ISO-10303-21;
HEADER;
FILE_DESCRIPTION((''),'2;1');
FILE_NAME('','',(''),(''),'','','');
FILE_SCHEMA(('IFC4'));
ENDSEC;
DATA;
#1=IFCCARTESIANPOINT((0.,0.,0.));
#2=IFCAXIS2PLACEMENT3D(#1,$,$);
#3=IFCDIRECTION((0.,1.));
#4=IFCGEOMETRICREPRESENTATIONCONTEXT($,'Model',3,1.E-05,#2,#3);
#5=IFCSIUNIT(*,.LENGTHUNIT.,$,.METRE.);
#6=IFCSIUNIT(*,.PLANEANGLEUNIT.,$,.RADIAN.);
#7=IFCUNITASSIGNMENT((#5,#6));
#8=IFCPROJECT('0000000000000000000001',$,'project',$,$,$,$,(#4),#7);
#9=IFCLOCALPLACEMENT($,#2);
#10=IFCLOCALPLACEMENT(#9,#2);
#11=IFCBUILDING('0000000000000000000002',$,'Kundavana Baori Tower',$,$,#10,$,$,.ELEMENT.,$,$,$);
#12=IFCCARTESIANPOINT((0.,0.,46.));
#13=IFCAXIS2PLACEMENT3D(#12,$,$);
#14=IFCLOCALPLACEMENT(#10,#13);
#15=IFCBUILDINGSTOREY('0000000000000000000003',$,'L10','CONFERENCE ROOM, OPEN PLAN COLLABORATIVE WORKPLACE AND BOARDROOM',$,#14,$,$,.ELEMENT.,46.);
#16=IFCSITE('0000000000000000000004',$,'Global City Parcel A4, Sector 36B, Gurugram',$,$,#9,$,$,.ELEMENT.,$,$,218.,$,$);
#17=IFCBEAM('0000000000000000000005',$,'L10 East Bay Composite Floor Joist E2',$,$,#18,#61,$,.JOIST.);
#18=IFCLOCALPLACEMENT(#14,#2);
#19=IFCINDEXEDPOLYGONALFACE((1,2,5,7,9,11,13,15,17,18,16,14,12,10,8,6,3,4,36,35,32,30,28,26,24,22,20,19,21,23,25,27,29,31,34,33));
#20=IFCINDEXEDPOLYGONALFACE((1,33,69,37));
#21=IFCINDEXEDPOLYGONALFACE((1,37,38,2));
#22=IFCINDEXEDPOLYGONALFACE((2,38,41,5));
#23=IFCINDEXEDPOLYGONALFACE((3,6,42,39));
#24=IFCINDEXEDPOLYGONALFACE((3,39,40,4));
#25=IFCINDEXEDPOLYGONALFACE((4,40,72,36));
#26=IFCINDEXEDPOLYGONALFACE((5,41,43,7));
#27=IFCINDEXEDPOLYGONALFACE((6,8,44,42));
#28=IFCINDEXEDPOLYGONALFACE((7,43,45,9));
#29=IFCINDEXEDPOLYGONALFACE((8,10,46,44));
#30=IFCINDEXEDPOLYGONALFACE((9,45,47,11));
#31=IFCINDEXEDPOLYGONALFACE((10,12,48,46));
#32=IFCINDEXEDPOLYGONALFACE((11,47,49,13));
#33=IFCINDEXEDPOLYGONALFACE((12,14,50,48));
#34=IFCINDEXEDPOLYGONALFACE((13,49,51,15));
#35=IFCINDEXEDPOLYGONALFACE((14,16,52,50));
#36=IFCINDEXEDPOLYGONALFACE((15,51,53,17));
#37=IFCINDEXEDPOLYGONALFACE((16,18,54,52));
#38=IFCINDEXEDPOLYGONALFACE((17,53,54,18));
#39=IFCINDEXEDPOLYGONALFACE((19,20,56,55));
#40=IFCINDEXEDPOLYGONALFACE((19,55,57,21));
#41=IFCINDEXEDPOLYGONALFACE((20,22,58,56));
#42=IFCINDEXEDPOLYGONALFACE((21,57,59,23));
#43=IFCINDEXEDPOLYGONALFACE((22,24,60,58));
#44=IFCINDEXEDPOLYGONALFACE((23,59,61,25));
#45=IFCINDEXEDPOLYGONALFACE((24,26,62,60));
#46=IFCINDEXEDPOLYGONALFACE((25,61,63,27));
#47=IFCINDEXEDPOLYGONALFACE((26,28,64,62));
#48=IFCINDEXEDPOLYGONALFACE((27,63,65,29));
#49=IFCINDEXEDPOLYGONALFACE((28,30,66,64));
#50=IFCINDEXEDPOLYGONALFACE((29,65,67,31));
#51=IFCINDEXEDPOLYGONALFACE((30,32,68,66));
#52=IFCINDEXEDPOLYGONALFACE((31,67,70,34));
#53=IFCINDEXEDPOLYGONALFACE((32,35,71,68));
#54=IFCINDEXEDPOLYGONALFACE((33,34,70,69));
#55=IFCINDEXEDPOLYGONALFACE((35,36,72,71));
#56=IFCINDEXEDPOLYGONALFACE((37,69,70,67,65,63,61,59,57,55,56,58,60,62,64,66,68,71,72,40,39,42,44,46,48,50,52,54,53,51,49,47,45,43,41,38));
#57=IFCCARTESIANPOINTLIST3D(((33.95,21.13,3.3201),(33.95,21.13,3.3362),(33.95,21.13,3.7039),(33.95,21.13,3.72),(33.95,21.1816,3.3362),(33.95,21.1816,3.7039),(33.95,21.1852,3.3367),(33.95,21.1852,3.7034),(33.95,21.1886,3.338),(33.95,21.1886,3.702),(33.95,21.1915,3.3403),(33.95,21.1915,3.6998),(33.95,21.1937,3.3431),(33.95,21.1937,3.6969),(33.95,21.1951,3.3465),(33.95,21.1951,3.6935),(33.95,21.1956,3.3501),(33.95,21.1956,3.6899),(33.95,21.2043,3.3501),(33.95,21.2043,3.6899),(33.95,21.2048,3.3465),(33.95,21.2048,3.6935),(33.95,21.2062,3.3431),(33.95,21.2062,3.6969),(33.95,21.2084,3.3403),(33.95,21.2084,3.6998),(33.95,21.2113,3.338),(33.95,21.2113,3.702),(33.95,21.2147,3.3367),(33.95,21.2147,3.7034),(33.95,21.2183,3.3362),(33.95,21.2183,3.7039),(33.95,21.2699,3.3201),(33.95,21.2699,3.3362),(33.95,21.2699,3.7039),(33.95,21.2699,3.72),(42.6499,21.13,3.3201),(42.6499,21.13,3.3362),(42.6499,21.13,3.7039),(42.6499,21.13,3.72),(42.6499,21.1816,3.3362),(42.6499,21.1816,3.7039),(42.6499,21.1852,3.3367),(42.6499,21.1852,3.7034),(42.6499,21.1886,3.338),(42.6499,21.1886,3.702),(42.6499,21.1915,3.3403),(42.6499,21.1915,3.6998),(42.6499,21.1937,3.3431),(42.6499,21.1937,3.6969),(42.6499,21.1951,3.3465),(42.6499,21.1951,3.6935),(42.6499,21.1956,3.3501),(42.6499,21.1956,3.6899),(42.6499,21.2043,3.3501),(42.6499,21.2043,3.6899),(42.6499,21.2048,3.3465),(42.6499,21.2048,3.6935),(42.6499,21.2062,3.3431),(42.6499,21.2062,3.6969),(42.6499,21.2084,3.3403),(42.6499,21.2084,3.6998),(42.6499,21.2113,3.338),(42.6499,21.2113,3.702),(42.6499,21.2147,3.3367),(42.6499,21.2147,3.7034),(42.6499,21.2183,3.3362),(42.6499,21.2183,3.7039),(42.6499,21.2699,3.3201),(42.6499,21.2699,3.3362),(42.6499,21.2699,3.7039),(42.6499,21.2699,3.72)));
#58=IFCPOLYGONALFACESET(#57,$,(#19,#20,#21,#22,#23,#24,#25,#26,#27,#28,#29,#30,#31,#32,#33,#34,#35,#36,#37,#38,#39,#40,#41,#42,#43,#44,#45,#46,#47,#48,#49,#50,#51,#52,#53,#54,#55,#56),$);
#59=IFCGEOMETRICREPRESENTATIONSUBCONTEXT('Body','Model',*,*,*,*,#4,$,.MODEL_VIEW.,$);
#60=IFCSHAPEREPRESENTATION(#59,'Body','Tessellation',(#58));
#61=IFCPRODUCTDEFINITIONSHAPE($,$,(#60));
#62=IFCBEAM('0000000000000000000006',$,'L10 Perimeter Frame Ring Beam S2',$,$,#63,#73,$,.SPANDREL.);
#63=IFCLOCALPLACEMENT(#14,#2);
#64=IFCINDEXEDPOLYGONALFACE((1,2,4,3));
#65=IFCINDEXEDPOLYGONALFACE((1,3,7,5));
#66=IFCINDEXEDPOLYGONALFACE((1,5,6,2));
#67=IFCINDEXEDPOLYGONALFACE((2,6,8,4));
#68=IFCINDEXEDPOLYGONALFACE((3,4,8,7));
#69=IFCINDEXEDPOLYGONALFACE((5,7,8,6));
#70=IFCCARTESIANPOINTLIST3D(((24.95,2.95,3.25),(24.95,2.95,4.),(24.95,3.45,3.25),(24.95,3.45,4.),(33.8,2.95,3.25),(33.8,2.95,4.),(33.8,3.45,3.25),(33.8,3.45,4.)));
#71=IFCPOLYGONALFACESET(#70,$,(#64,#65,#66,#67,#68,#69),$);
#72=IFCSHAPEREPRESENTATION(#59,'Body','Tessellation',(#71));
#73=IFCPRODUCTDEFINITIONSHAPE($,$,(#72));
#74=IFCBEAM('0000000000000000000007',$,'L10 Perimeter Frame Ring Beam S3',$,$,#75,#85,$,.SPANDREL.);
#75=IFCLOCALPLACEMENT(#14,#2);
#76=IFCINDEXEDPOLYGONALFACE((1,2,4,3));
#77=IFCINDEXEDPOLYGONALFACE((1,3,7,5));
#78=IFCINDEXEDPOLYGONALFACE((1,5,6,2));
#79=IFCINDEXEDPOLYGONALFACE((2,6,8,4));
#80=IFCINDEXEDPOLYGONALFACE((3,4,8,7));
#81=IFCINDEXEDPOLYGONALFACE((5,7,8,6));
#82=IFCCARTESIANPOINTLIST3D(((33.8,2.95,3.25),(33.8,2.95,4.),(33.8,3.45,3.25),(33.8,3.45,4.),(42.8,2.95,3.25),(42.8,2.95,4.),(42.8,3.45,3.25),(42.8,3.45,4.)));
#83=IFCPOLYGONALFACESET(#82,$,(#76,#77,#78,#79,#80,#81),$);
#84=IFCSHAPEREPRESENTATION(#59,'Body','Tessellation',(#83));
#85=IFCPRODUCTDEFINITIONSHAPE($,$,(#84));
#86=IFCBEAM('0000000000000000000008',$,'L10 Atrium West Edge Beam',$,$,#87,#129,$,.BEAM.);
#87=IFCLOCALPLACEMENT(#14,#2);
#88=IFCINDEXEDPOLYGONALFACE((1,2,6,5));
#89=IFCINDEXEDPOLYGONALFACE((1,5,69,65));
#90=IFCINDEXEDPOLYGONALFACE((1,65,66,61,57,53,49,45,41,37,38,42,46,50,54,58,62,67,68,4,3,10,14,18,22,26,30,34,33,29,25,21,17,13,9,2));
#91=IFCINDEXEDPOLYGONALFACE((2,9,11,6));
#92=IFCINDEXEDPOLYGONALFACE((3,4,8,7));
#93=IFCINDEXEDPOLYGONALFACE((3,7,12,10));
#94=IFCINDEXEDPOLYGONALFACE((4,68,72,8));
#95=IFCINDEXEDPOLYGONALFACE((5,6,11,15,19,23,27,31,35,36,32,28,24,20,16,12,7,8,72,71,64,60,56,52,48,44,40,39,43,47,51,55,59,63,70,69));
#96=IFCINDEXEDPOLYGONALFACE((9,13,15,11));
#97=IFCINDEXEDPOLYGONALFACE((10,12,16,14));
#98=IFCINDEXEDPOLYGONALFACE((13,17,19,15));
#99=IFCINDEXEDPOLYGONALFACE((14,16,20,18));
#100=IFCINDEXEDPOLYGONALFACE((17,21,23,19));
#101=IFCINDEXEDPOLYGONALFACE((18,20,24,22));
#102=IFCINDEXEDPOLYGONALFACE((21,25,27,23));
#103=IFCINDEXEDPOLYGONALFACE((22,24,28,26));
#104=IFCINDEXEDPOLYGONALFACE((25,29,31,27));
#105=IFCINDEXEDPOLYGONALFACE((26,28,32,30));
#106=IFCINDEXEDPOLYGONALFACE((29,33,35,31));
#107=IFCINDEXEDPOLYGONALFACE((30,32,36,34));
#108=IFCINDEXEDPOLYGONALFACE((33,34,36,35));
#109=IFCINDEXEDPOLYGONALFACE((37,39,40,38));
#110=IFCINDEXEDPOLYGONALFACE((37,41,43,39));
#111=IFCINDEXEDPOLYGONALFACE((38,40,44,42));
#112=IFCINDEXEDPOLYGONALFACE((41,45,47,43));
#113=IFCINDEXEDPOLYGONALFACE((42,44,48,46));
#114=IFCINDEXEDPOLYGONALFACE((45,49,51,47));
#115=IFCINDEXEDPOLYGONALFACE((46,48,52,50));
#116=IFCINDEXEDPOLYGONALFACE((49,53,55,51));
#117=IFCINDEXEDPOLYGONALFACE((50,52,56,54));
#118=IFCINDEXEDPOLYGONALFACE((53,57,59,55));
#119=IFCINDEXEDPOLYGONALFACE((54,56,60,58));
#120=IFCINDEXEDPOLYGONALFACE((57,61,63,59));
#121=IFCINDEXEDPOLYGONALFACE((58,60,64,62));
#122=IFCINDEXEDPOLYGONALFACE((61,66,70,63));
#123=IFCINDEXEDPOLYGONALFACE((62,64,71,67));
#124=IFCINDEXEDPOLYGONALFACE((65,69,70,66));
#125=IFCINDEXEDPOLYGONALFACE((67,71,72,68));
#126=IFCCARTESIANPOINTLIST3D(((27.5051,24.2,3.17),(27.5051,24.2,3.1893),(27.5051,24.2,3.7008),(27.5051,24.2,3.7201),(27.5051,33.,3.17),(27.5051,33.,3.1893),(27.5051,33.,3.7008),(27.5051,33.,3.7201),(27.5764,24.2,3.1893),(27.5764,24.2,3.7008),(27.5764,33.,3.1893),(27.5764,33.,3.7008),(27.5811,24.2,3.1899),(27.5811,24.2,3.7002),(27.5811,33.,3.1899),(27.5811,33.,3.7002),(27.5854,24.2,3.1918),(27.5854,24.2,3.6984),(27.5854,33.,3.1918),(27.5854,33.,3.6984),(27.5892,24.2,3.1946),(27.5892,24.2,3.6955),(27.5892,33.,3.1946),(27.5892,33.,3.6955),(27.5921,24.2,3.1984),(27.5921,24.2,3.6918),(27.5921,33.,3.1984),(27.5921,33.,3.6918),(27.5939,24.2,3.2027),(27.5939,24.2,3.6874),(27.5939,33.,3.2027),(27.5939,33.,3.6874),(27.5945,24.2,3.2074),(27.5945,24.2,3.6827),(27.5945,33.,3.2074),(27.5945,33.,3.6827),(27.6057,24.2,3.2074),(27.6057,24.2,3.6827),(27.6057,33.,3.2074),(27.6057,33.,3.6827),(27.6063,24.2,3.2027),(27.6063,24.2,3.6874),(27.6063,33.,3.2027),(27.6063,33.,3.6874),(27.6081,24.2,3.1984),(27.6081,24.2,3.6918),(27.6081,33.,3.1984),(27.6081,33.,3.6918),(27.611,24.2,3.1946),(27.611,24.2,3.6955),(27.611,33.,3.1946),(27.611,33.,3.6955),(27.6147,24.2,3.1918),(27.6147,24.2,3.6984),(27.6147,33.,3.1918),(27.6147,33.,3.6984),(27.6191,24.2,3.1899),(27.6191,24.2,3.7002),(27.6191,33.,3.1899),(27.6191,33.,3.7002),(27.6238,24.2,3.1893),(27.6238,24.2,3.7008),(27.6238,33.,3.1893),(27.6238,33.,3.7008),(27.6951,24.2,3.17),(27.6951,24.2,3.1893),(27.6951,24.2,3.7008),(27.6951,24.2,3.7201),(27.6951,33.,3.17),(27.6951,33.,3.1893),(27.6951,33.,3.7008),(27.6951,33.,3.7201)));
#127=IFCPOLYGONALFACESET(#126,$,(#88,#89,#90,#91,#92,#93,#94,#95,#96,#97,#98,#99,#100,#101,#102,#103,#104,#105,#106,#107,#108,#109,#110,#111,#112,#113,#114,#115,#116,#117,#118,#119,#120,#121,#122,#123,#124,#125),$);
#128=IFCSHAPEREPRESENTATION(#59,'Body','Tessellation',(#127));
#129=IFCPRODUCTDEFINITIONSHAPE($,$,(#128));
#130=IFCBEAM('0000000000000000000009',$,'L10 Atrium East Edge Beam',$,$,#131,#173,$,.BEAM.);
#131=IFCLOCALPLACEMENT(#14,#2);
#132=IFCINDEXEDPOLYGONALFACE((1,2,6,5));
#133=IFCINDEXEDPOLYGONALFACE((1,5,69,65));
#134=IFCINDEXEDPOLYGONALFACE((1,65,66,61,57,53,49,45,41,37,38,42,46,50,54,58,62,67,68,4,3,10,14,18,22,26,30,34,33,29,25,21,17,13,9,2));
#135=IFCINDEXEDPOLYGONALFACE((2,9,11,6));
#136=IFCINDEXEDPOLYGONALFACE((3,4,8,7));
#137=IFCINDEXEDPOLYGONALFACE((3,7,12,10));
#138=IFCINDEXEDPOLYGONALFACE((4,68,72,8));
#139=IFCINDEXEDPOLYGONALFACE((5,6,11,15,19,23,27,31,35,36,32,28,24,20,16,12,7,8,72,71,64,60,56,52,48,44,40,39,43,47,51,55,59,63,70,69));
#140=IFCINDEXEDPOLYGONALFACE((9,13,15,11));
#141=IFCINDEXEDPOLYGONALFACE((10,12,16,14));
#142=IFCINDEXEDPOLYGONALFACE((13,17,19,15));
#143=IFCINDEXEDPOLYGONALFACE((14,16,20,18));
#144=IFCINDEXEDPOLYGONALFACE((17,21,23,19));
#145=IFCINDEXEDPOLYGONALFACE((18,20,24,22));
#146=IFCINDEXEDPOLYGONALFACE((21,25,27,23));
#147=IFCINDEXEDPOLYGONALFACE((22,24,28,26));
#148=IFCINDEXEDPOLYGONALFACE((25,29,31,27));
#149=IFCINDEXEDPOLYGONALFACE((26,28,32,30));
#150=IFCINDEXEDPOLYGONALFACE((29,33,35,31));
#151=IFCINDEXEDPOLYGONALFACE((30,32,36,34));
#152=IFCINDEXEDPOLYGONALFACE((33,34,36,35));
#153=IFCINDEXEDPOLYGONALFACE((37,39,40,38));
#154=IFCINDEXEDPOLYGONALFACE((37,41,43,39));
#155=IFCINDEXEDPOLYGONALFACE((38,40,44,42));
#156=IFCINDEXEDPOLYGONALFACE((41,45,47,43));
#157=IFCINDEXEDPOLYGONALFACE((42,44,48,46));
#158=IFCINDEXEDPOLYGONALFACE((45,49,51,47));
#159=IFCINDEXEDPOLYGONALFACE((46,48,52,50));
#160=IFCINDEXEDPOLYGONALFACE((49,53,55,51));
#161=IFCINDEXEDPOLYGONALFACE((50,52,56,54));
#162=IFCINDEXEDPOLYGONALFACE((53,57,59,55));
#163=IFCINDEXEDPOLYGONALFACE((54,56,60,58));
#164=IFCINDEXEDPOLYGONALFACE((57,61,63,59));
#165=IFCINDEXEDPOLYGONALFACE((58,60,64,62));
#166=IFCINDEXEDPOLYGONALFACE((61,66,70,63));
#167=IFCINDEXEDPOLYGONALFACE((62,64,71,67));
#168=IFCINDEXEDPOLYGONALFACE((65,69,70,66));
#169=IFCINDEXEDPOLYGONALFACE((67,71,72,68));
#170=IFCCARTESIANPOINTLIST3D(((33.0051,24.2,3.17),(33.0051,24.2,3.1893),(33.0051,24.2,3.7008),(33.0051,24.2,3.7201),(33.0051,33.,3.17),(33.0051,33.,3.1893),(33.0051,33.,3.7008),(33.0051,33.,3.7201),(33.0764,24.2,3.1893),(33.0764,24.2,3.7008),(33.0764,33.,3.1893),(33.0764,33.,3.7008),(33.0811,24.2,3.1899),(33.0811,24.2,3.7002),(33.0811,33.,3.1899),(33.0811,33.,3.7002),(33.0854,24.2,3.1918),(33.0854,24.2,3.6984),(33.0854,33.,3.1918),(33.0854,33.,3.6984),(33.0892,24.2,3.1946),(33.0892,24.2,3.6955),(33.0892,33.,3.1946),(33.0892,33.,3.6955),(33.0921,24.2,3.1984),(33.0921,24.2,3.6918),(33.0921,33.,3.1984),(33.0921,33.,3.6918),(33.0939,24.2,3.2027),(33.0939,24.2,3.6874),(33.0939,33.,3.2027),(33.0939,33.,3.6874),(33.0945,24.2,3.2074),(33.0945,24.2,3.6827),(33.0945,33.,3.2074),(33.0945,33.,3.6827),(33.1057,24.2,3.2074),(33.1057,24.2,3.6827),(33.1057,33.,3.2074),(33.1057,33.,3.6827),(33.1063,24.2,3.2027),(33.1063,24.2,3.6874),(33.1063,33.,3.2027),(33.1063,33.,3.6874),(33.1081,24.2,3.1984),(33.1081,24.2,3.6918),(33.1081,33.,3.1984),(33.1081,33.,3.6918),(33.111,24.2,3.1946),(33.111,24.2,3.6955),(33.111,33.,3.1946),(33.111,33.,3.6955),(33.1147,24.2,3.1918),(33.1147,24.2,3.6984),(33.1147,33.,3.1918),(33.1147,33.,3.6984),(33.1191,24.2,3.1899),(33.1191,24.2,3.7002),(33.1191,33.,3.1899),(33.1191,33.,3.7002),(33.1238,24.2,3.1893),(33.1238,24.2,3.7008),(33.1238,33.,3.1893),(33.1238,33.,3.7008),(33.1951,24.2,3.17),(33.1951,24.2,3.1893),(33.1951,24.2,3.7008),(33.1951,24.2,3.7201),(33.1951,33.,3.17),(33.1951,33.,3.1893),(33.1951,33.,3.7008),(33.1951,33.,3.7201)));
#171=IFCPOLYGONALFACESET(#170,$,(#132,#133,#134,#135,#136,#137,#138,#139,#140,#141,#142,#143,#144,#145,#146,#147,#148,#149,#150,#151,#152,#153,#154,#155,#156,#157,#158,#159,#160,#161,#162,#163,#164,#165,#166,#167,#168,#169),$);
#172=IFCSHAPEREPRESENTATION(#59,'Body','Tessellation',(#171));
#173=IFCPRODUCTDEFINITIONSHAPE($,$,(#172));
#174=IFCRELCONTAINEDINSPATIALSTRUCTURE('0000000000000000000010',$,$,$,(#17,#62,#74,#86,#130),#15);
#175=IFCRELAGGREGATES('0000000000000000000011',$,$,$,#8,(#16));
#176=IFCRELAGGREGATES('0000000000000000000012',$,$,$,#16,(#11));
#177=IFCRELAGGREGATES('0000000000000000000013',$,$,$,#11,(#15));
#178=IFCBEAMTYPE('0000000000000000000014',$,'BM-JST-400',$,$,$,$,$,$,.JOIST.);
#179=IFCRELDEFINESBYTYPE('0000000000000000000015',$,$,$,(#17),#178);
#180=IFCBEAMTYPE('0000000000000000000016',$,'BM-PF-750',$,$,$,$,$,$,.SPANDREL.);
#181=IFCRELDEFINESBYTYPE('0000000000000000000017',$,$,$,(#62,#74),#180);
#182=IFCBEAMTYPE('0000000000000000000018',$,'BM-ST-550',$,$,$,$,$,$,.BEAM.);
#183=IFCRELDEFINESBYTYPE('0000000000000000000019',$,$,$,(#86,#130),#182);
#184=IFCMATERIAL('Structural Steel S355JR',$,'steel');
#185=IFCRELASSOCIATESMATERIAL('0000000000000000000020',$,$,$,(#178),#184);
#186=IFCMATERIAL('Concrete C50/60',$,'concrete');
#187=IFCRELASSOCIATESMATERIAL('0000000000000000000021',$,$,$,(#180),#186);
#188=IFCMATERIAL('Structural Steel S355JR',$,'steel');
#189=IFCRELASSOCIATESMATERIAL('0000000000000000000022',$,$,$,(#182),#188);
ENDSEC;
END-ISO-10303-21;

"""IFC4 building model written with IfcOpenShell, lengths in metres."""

from ifc_helpers import new_model, si_unit, direction, frame, origin, origin_2d, place, context, subcontext, project, spatial, rectangle, i_section, extrude, material, material_profile, profile_set, type_object, element, save


model = new_model("IFC4")

# Units and contexts
model_context = context("Model", 3, precision=1e-05, world=origin(), true_north=direction((0.0, 1.0)))
body_context = subcontext(model_context, "Body", "Model", "MODEL_VIEW")
ifc_project = project(units=[si_unit("LENGTHUNIT", "METRE"), si_unit("PLANEANGLEUNIT", "RADIAN")], contexts=[model_context])

# Site, building, storey
site_placement = place(None, origin())
site = spatial("IfcSite", under=ifc_project, at=site_placement, Name="Global City Parcel A4, Sector 36B, Gurugram", CompositionType="ELEMENT", RefElevation=218.0)
building_placement = place(site_placement, origin())
building = spatial("IfcBuilding", under=site, at=building_placement, Name="Kundavana Baori Tower", CompositionType="ELEMENT")
storey_placement = place(building_placement, frame((0.0, 0.0, 46.0)))
storey = spatial("IfcBuildingStorey", under=building, at=storey_placement, Name="L10", Description="CONFERENCE ROOM, OPEN PLAN COLLABORATIVE WORKPLACE AND BOARDROOM", CompositionType="ELEMENT", Elevation=46.0)

# Beams
ifc_material_1 = material(Name="Structural Steel S355JR", Category="steel")
ifc_material_profile_1 = material_profile(ifc_material_1, i_section(OverallWidth=0.1399, OverallDepth=0.3999, WebThickness=0.0088, FlangeThickness=0.0161, FilletRadius=0.0139, at=origin_2d()), Name="ISMB 400")
ifc_profile_set_1 = profile_set([ifc_material_profile_1], Name="Structural Steel S355JR")
beam_type_1 = type_object("IfcBeamType", Name="BM-JST-400", PredefinedType="JOIST", material=ifc_profile_set_1)
for number, where, z_axis, x_axis, name in (
    (1, (33.95, 21.2, 3.52), (1.0, 0.0, 0.0), (0.0, 1.0, 0.0), "L10 East Bay Composite Floor Joist E2"),
):
    element("IfcBeam", number, at=place(storey_placement, frame(where, z_axis=z_axis, x_axis=x_axis)), inside=storey, type_object=beam_type_1, Name=name, PredefinedType="JOIST", context=body_context, shape_type="SweptSolid", body=[
        extrude(i_section(OverallWidth=0.1399, OverallDepth=0.3999, WebThickness=0.0088, FlangeThickness=0.0161, FilletRadius=0.0139, at=origin_2d()), origin(), (0.0, 0.0, 1.0), 8.7),
    ])
ifc_material_2 = material(Name="Concrete C50/60", Category="concrete")
ifc_material_profile_2 = material_profile(ifc_material_2, rectangle(XDim=0.5, YDim=0.75, at=origin_2d()), Name="RC BM 500x750")
ifc_profile_set_2 = profile_set([ifc_material_profile_2], Name="Concrete C50/60")
beam_type_2 = type_object("IfcBeamType", Name="BM-PF-750", PredefinedType="SPANDREL", material=ifc_profile_set_2)
beam_1_placement = place(storey_placement, frame((24.95, 3.2, 3.625), z_axis=(1.0, 0.0, 0.0), x_axis=(0.0, 1.0, 0.0)))
element("IfcBeam", 2, at=beam_1_placement, inside=storey, type_object=beam_type_2, Name="L10 Perimeter Frame Ring Beam S2", PredefinedType="SPANDREL", context=body_context, shape_type="SweptSolid", body=[
    extrude(rectangle(XDim=0.5, YDim=0.75, at=origin_2d()), origin(), (0.0, 0.0, 1.0), 8.8501),
])
beam_2_placement = place(storey_placement, frame((33.8, 3.2, 3.625), z_axis=(1.0, 0.0, 0.0), x_axis=(0.0, 1.0, 0.0)))
element("IfcBeam", 3, at=beam_2_placement, inside=storey, type_object=beam_type_2, Name="L10 Perimeter Frame Ring Beam S3", PredefinedType="SPANDREL", context=body_context, shape_type="SweptSolid", body=[
    extrude(rectangle(XDim=0.5, YDim=0.75, at=origin_2d()), origin(), (0.0, 0.0, 1.0), 9.0),
])
ifc_material_3 = material(Name="Structural Steel S355JR", Category="steel")
ifc_material_profile_3 = material_profile(ifc_material_3, i_section(OverallWidth=0.1899, OverallDepth=0.55, WebThickness=0.0112, FlangeThickness=0.0193, FilletRadius=0.0181, at=origin_2d()), Name="ISMB 550")
ifc_profile_set_3 = profile_set([ifc_material_profile_3], Name="Structural Steel S355JR")
beam_type_3 = type_object("IfcBeamType", Name="BM-ST-550", PredefinedType="BEAM", material=ifc_profile_set_3)
for number, where, z_axis, x_axis, name in (
    (4, (27.6001, 24.2, 3.4451), (0.0, 1.0, 0.0), (-1.0, 0.0, 0.0), "L10 Atrium West Edge Beam"),
    (5, (33.1001, 24.2, 3.4451), (0.0, 1.0, 0.0), (-1.0, 0.0, 0.0), "L10 Atrium East Edge Beam"),
):
    element("IfcBeam", number, at=place(storey_placement, frame(where, z_axis=z_axis, x_axis=x_axis)), inside=storey, type_object=beam_type_3, Name=name, PredefinedType="BEAM", context=body_context, shape_type="SweptSolid", body=[
        extrude(i_section(OverallWidth=0.1899, OverallDepth=0.55, WebThickness=0.0112, FlangeThickness=0.0193, FilletRadius=0.0181, at=origin_2d()), origin(), (0.0, 0.0, 1.0), 8.8),
    ])

save(model, "model.ifc")
